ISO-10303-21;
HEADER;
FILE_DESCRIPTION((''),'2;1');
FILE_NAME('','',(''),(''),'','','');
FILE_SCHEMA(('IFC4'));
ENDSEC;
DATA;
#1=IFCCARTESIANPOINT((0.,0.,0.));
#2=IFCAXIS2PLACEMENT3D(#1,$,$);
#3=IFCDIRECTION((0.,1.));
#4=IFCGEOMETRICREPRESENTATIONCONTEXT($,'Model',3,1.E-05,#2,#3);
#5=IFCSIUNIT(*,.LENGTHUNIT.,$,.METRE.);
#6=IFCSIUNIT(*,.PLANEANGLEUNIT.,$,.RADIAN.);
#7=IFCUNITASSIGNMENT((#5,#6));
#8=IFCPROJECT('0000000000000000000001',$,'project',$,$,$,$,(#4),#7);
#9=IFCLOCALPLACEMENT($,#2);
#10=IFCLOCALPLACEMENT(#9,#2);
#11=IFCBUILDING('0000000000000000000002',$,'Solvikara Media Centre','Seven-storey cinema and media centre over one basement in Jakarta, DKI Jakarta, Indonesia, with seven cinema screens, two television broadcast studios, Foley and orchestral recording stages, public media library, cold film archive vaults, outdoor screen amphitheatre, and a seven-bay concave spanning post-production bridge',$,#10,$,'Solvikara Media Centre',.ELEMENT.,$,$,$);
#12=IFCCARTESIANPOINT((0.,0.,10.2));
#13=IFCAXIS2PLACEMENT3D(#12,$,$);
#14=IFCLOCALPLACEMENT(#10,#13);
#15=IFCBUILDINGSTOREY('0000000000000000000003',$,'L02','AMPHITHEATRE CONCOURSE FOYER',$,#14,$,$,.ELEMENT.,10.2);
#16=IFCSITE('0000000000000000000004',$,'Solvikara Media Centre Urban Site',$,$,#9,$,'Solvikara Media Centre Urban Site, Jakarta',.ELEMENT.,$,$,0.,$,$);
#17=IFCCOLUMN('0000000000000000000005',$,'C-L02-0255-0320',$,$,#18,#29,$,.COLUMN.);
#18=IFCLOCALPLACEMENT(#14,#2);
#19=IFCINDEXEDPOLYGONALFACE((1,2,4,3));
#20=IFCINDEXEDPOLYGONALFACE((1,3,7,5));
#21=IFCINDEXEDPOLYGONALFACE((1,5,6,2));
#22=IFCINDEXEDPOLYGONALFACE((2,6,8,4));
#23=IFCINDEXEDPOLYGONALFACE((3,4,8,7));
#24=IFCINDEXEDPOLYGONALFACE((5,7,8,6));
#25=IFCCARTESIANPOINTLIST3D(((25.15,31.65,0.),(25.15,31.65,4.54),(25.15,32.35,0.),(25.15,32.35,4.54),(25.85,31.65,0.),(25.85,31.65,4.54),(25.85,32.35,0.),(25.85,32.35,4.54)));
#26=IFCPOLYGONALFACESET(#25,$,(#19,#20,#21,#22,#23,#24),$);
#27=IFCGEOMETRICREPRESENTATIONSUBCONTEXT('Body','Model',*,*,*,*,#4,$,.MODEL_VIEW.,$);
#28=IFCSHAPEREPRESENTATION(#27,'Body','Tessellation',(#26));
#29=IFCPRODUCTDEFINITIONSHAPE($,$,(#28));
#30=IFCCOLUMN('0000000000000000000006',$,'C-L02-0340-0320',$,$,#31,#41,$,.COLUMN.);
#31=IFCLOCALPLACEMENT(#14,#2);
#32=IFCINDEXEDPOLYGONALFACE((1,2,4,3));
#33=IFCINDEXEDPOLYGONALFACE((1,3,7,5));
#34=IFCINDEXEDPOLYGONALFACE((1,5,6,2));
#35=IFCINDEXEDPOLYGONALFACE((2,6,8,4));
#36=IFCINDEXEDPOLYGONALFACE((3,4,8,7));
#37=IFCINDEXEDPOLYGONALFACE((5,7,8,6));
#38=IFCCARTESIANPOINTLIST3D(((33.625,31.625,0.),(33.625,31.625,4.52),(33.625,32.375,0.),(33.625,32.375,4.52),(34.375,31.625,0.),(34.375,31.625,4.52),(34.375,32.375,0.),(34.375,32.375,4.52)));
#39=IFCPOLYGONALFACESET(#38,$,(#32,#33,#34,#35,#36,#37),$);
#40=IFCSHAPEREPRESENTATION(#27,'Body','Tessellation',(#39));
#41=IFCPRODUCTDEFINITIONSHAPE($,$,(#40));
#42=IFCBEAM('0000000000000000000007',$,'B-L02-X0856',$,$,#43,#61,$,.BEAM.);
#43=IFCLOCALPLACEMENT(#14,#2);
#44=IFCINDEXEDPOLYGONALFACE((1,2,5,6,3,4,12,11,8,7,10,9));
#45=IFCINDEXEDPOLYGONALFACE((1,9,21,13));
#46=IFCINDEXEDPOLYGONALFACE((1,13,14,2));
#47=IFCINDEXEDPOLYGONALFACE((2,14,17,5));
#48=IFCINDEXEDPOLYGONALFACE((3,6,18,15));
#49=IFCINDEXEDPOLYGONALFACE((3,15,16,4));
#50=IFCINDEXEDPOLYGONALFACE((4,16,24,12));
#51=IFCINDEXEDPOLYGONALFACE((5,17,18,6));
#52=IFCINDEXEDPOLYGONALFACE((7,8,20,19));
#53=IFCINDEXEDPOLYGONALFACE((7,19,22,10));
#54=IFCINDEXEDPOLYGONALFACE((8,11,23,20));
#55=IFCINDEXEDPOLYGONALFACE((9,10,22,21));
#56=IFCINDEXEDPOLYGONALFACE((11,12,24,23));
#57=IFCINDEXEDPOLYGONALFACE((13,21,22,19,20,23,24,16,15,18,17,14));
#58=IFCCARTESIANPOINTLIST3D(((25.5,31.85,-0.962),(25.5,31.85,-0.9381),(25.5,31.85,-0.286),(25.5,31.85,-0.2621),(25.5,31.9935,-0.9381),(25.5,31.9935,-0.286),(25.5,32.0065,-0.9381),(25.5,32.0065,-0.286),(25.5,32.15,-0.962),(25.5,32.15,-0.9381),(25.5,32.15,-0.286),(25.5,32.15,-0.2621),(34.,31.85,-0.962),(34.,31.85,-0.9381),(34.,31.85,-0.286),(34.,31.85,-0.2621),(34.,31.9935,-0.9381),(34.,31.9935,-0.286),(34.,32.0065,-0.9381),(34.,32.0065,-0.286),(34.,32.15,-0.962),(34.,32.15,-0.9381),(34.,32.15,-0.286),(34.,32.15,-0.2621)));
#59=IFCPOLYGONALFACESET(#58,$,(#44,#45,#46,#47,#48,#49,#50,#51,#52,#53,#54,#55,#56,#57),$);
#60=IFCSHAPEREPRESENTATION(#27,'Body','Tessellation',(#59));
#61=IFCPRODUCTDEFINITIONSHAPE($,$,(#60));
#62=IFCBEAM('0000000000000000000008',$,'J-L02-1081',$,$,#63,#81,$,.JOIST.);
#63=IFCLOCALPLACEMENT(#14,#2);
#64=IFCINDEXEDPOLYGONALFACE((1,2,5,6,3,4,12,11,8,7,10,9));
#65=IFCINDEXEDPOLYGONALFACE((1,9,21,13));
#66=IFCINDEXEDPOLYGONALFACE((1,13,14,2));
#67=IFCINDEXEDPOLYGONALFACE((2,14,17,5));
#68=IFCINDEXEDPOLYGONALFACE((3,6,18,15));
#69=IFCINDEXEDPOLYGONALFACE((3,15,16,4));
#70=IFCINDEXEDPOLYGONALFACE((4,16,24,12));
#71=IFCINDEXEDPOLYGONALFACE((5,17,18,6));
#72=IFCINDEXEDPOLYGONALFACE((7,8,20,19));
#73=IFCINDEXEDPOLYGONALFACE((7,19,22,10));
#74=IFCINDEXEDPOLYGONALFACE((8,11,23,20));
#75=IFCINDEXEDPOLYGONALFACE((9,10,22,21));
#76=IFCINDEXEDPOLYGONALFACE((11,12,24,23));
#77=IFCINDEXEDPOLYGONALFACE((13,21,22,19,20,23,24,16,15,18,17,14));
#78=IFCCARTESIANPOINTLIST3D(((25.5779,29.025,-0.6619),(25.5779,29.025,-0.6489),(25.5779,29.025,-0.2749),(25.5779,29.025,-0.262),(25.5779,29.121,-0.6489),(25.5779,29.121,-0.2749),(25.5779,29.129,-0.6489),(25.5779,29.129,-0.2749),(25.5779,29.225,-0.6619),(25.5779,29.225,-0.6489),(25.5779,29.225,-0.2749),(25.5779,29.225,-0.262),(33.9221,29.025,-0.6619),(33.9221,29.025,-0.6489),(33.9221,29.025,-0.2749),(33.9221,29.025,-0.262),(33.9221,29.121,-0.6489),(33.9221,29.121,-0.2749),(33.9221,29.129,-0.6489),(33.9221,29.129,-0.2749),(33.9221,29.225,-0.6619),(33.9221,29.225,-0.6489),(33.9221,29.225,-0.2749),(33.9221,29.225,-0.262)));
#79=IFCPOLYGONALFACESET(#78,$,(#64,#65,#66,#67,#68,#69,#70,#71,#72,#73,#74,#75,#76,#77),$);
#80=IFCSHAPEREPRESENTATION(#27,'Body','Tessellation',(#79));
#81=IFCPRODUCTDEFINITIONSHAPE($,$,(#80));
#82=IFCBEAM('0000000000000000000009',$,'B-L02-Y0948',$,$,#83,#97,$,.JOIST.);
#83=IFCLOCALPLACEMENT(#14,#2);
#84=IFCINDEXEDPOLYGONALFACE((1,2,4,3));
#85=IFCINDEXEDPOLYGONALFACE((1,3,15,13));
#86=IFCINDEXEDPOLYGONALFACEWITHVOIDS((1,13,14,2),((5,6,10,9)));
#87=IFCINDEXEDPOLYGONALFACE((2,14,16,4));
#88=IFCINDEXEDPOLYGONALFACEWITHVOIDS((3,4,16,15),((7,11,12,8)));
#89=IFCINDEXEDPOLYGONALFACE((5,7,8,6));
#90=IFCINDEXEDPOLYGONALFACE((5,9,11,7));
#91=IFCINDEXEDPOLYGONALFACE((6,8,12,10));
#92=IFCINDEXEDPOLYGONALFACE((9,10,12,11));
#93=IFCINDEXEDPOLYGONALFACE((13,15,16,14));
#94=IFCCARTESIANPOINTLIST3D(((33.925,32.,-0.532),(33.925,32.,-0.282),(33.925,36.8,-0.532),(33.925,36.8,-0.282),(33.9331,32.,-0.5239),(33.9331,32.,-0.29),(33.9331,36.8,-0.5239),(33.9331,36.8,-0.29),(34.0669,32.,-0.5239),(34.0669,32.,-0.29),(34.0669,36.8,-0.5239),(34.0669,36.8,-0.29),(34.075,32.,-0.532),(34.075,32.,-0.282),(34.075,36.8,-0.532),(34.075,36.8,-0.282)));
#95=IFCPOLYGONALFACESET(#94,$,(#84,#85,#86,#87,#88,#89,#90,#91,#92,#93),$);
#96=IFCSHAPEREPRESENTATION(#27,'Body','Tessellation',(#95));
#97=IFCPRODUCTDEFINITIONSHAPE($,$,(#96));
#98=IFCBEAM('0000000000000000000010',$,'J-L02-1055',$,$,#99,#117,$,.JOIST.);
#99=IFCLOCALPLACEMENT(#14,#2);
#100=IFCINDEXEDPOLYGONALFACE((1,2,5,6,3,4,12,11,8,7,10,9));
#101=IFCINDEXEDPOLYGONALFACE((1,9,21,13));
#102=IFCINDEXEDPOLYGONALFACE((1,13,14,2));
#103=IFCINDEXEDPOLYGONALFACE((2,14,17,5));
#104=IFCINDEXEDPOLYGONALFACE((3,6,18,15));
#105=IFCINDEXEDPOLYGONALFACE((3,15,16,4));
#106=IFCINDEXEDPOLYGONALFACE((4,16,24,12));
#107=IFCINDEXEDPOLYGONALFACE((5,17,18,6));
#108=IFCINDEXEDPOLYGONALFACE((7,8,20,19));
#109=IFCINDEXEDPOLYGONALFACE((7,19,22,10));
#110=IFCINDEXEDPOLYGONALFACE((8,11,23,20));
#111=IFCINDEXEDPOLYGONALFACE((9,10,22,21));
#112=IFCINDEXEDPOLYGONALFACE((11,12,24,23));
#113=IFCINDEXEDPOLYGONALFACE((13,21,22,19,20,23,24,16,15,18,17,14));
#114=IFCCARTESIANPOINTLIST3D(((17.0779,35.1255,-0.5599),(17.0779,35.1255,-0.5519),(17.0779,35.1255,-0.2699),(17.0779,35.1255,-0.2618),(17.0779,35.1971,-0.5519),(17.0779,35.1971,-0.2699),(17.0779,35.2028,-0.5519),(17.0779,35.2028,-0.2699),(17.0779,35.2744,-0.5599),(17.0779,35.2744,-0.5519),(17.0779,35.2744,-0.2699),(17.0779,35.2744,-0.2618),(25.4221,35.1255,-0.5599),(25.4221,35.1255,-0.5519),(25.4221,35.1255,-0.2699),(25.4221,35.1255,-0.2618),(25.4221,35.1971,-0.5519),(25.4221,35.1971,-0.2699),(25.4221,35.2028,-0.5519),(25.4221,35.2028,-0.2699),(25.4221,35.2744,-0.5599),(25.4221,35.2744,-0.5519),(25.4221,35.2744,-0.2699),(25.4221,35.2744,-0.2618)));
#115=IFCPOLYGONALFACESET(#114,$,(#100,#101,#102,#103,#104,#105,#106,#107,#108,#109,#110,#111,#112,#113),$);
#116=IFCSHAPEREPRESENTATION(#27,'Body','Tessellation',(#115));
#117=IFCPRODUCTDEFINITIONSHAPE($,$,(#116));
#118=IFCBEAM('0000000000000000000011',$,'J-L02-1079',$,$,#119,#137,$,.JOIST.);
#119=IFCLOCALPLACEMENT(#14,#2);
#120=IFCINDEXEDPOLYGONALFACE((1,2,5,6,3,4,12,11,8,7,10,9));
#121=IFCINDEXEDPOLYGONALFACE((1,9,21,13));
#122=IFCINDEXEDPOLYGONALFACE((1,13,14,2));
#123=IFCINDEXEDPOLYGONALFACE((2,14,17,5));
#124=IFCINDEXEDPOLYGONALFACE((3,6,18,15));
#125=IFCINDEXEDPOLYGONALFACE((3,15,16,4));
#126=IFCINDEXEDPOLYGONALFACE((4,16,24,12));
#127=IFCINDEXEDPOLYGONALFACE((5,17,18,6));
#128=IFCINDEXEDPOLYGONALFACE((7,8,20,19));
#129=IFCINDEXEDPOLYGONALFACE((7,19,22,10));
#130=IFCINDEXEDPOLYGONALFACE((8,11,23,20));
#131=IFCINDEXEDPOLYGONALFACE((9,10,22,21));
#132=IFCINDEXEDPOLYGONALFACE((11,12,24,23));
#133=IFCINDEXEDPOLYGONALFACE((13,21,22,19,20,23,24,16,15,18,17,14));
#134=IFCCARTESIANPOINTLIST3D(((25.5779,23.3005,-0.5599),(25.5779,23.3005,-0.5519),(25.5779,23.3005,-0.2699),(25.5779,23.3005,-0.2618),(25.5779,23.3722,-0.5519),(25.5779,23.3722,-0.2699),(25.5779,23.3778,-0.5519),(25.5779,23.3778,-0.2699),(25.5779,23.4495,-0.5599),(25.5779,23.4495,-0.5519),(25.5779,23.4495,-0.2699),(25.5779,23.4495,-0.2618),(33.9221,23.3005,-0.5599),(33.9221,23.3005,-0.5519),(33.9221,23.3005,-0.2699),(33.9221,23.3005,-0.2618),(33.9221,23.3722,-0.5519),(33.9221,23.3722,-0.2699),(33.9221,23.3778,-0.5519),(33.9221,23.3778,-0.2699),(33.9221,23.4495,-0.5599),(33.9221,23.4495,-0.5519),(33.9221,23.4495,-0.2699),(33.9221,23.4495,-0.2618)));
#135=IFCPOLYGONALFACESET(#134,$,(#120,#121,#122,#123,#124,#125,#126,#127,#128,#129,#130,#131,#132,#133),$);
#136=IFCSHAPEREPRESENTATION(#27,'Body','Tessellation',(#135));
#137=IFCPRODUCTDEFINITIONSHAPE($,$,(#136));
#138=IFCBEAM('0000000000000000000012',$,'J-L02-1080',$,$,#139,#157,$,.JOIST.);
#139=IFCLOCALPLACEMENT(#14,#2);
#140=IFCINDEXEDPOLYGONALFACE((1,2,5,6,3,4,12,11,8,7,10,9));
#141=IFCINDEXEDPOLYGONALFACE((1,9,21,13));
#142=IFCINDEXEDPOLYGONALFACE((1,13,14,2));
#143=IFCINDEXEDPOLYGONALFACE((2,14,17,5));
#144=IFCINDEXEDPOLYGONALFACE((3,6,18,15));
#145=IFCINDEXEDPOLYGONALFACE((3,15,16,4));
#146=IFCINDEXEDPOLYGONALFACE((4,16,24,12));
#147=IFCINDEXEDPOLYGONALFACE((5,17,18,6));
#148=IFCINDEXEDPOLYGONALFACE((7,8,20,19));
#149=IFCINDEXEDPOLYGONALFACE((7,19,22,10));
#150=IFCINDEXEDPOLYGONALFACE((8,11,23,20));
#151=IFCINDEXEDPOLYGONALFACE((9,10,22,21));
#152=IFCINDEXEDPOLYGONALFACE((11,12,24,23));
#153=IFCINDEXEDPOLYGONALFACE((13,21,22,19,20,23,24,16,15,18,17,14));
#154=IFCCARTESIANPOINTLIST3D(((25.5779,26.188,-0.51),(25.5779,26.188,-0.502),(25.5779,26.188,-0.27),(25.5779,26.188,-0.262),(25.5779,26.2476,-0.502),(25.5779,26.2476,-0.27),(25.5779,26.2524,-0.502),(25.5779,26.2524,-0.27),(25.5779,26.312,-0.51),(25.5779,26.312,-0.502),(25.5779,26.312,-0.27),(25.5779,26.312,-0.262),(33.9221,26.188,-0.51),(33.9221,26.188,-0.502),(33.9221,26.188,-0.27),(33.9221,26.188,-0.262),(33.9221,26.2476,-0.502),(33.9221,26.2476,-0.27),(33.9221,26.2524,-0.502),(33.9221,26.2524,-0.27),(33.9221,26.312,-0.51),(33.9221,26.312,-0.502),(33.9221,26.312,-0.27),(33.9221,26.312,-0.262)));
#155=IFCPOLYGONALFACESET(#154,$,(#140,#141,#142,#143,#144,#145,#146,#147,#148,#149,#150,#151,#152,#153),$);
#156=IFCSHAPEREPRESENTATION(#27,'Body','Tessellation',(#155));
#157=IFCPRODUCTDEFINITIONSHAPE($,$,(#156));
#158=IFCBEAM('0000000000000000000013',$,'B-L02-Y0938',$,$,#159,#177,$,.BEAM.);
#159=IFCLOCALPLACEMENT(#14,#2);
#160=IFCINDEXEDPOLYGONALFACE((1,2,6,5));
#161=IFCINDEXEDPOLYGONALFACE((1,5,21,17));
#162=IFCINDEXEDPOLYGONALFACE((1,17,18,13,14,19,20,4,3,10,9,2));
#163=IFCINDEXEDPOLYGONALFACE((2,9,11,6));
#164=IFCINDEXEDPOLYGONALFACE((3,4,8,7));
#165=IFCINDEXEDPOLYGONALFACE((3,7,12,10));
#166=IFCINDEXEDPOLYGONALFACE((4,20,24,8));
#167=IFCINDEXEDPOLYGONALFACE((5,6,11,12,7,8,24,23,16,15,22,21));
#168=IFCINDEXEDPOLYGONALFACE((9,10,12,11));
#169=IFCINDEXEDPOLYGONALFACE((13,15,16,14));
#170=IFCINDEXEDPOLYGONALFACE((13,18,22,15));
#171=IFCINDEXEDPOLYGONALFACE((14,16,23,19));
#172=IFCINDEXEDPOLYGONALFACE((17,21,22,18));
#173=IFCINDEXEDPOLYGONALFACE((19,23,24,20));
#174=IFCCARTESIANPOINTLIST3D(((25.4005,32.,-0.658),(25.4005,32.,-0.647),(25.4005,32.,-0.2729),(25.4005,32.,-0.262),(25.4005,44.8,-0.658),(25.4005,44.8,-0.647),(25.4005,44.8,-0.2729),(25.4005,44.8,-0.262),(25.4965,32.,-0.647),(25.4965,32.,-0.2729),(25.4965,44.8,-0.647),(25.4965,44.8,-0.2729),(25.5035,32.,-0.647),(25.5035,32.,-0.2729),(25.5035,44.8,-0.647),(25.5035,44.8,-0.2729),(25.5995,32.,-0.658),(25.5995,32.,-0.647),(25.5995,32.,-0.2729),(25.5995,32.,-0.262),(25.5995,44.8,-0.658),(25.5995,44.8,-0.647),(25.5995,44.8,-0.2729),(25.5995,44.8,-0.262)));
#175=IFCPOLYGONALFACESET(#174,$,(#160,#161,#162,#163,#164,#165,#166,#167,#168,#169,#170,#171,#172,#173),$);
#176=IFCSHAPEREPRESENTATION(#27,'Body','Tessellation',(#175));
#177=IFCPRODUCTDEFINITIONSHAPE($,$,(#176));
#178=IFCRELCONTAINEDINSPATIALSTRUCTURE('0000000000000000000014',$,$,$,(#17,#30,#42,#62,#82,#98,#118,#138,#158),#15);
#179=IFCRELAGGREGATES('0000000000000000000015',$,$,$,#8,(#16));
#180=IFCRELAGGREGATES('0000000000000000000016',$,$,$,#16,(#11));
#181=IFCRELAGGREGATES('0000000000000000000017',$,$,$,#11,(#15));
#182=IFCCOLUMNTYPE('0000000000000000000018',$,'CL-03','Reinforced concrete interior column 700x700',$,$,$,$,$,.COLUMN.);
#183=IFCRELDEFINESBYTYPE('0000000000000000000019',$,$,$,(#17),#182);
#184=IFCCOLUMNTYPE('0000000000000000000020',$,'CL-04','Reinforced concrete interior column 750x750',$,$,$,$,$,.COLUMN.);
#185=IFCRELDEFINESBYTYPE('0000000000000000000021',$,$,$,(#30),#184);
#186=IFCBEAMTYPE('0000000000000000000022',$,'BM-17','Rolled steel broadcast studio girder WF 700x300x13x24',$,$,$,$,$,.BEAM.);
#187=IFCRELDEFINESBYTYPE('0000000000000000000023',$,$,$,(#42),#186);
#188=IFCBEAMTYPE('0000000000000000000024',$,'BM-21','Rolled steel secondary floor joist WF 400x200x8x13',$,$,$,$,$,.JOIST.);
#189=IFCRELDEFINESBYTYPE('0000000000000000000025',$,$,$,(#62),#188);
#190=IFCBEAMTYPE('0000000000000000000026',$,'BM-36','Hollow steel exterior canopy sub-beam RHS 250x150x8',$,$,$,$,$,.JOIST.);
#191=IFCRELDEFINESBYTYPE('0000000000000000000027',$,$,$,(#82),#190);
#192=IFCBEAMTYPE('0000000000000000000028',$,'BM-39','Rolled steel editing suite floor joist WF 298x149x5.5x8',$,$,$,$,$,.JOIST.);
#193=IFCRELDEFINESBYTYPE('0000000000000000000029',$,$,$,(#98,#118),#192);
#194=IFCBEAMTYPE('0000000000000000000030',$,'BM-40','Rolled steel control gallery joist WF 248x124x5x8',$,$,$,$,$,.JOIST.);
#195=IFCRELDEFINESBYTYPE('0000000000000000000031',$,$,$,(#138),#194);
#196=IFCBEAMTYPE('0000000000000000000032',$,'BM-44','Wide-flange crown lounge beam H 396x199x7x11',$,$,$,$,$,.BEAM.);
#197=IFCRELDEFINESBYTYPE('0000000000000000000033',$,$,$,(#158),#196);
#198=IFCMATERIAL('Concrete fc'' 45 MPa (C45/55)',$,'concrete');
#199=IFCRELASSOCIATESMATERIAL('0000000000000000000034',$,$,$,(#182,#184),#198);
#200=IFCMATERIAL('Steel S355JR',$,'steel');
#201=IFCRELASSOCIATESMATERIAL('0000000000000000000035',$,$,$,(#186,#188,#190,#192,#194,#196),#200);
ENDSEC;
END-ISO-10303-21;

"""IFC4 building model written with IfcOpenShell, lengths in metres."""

from ifc_helpers import new_model, si_unit, direction, frame, origin, origin_2d, place, context, subcontext, project, spatial, rectangle, hollow_rectangle, i_section, extrude, material, material_profile, profile_set, type_object, element, save


model = new_model("IFC4")

# Units and contexts
model_context = context("Model", 3, precision=1e-05, world=origin(), true_north=direction((0.0, 1.0)))
body_context = subcontext(model_context, "Body", "Model", "MODEL_VIEW")
ifc_project = project(units=[si_unit("LENGTHUNIT", "METRE"), si_unit("PLANEANGLEUNIT", "RADIAN")], contexts=[model_context])

# Site, building, storey
site_placement = place(None, origin())
site = spatial("IfcSite", under=ifc_project, at=site_placement, Name="Solvikara Media Centre Urban Site", LongName="Solvikara Media Centre Urban Site, Jakarta", CompositionType="ELEMENT", RefElevation=0.0)
building_placement = place(site_placement, origin())
building = spatial("IfcBuilding", under=site, at=building_placement, Name="Solvikara Media Centre", Description="Seven-storey cinema and media centre over one basement in Jakarta, DKI Jakarta, Indonesia, with seven cinema screens, two television broadcast studios, Foley and orchestral recording stages, public media library, cold film archive vaults, outdoor screen amphitheatre, and a seven-bay concave spanning post-production bridge", LongName="Solvikara Media Centre", CompositionType="ELEMENT")
storey_placement = place(building_placement, frame((0.0, 0.0, 10.2)))
storey = spatial("IfcBuildingStorey", under=building, at=storey_placement, Name="L02", Description="AMPHITHEATRE CONCOURSE FOYER", CompositionType="ELEMENT", Elevation=10.2)

# Columns
ifc_material_1 = material(Name="Concrete fc' 45 MPa (C45/55)", Category="concrete")
ifc_material_profile_1 = material_profile(ifc_material_1, rectangle(XDim=0.7, YDim=0.7, at=origin_2d()), Name="RC 700x700")
ifc_profile_set_1 = profile_set([ifc_material_profile_1], Name="Concrete fc' 45 MPa (C45/55)")
column_type_1 = type_object("IfcColumnType", Name="CL-03", Description="Reinforced concrete interior column 700x700", PredefinedType="COLUMN", material=ifc_profile_set_1)
column_1_placement = place(storey_placement, frame((25.5, 32.0, 0.0), z_axis=(0.0, 0.0, 1.0), x_axis=(1.0, 0.0, 0.0)))
element("IfcColumn", 1, at=column_1_placement, inside=storey, type_object=column_type_1, Name="C-L02-0255-0320", PredefinedType="COLUMN", context=body_context, shape_type="SweptSolid", body=[
    extrude(rectangle(XDim=0.7, YDim=0.7, at=origin_2d()), origin(), (0.0, 0.0, 1.0), 4.54),
])
ifc_material_profile_2 = material_profile(ifc_material_1, rectangle(XDim=0.75, YDim=0.75, at=origin_2d()), Name="RC 750x750")
ifc_profile_set_2 = profile_set([ifc_material_profile_2], Name="Concrete fc' 45 MPa (C45/55)")
column_type_2 = type_object("IfcColumnType", Name="CL-04", Description="Reinforced concrete interior column 750x750", PredefinedType="COLUMN", material=ifc_profile_set_2)
column_2_placement = place(storey_placement, frame((34.0, 32.0, 0.0), z_axis=(0.0, 0.0, 1.0), x_axis=(1.0, 0.0, 0.0)))
element("IfcColumn", 2, at=column_2_placement, inside=storey, type_object=column_type_2, Name="C-L02-0340-0320", PredefinedType="COLUMN", context=body_context, shape_type="SweptSolid", body=[
    extrude(rectangle(XDim=0.75, YDim=0.75, at=origin_2d()), origin(), (0.0, 0.0, 1.0), 4.52),
])

# Beams
ifc_material_2 = material(Name="Steel S355JR", Category="steel")
ifc_material_profile_3 = material_profile(ifc_material_2, i_section(OverallWidth=0.3, OverallDepth=0.7, WebThickness=0.0129, FlangeThickness=0.0239, at=origin_2d()), Name="WF 700x300x13x24")
ifc_profile_set_3 = profile_set([ifc_material_profile_3], Name="Steel S355JR")
beam_type_1 = type_object("IfcBeamType", Name="BM-17", Description="Rolled steel broadcast studio girder WF 700x300x13x24", PredefinedType="BEAM", material=ifc_profile_set_3)
beam_1_placement = place(storey_placement, frame((25.5, 32.0, -0.6121), z_axis=(1.0, 0.0, 0.0), x_axis=(0.0, 1.0, 0.0)))
element("IfcBeam", 3, at=beam_1_placement, inside=storey, type_object=beam_type_1, Name="B-L02-X0856", PredefinedType="BEAM", context=body_context, shape_type="SweptSolid", body=[
    extrude(i_section(OverallWidth=0.3, OverallDepth=0.7, WebThickness=0.0129, FlangeThickness=0.0239, at=origin_2d()), origin(), (0.0, 0.0, 1.0), 8.5),
])
ifc_material_profile_4 = material_profile(ifc_material_2, i_section(OverallWidth=0.2, OverallDepth=0.3999, WebThickness=0.0081, FlangeThickness=0.0129, at=origin_2d()), Name="WF 400x200x8x13")
ifc_profile_set_4 = profile_set([ifc_material_profile_4], Name="Steel S355JR")
beam_type_2 = type_object("IfcBeamType", Name="BM-21", Description="Rolled steel secondary floor joist WF 400x200x8x13", PredefinedType="JOIST", material=ifc_profile_set_4)
beam_2_placement = place(storey_placement, frame((25.5779, 29.125, -0.4619), z_axis=(1.0, 0.0, 0.0), x_axis=(0.0, 1.0, 0.0)))
element("IfcBeam", 4, at=beam_2_placement, inside=storey, type_object=beam_type_2, Name="J-L02-1081", PredefinedType="JOIST", context=body_context, shape_type="SweptSolid", body=[
    extrude(i_section(OverallWidth=0.2, OverallDepth=0.3999, WebThickness=0.0081, FlangeThickness=0.0129, at=origin_2d()), origin(), (0.0, 0.0, 1.0), 8.3442),
])
ifc_material_profile_5 = material_profile(ifc_material_2, hollow_rectangle(XDim=0.1499, YDim=0.25, WallThickness=0.0081, at=origin_2d()), Name="RHS 250x150x8")
ifc_profile_set_5 = profile_set([ifc_material_profile_5], Name="Steel S355JR")
beam_type_3 = type_object("IfcBeamType", Name="BM-36", Description="Hollow steel exterior canopy sub-beam RHS 250x150x8", PredefinedType="JOIST", material=ifc_profile_set_5)
beam_3_placement = place(storey_placement, frame((34.0, 32.0, -0.407), z_axis=(0.0, 1.0, 0.0), x_axis=(-1.0, 0.0, 0.0)))
element("IfcBeam", 5, at=beam_3_placement, inside=storey, type_object=beam_type_3, Name="B-L02-Y0948", PredefinedType="JOIST", context=body_context, shape_type="SweptSolid", body=[
    extrude(hollow_rectangle(XDim=0.1499, YDim=0.25, WallThickness=0.0081, at=origin_2d()), origin(), (0.0, 0.0, 1.0), 4.8),
])
ifc_material_profile_6 = material_profile(ifc_material_2, i_section(OverallWidth=0.1489, OverallDepth=0.2981, WebThickness=0.0056, FlangeThickness=0.0081, at=origin_2d()), Name="WF 298x149x5.5x8")
ifc_profile_set_6 = profile_set([ifc_material_profile_6], Name="Steel S355JR")
beam_type_4 = type_object("IfcBeamType", Name="BM-39", Description="Rolled steel editing suite floor joist WF 298x149x5.5x8", PredefinedType="JOIST", material=ifc_profile_set_6)
for number, where, z_axis, x_axis, name in (
    (6, (17.0779, 35.2, -0.4109), (1.0, 0.0, 0.0), (0.0, 1.0, 0.0), "J-L02-1055"),
    (7, (25.5779, 23.375, -0.4109), (1.0, 0.0, 0.0), (0.0, 1.0, 0.0), "J-L02-1079"),
):
    element("IfcBeam", number, at=place(storey_placement, frame(where, z_axis=z_axis, x_axis=x_axis)), inside=storey, type_object=beam_type_4, Name=name, PredefinedType="JOIST", context=body_context, shape_type="SweptSolid", body=[
        extrude(i_section(OverallWidth=0.1489, OverallDepth=0.2981, WebThickness=0.0056, FlangeThickness=0.0081, at=origin_2d()), origin(), (0.0, 0.0, 1.0), 8.3442),
    ])
ifc_material_profile_7 = material_profile(ifc_material_2, i_section(OverallWidth=0.124, OverallDepth=0.248, WebThickness=0.0049, FlangeThickness=0.0081, at=origin_2d()), Name="WF 248x124x5x8")
ifc_profile_set_7 = profile_set([ifc_material_profile_7], Name="Steel S355JR")
beam_type_5 = type_object("IfcBeamType", Name="BM-40", Description="Rolled steel control gallery joist WF 248x124x5x8", PredefinedType="JOIST", material=ifc_profile_set_7)
beam_4_placement = place(storey_placement, frame((25.5779, 26.25, -0.386), z_axis=(1.0, 0.0, 0.0), x_axis=(0.0, 1.0, 0.0)))
element("IfcBeam", 8, at=beam_4_placement, inside=storey, type_object=beam_type_5, Name="J-L02-1080", PredefinedType="JOIST", context=body_context, shape_type="SweptSolid", body=[
    extrude(i_section(OverallWidth=0.124, OverallDepth=0.248, WebThickness=0.0049, FlangeThickness=0.0081, at=origin_2d()), origin(), (0.0, 0.0, 1.0), 8.3442),
])
ifc_material_profile_8 = material_profile(ifc_material_2, i_section(OverallWidth=0.199, OverallDepth=0.396, WebThickness=0.0071, FlangeThickness=0.011, at=origin_2d()), Name="H 396x199x7x11")
ifc_profile_set_8 = profile_set([ifc_material_profile_8], Name="Steel S355JR")
beam_type_6 = type_object("IfcBeamType", Name="BM-44", Description="Wide-flange crown lounge beam H 396x199x7x11", PredefinedType="BEAM", material=ifc_profile_set_8)
beam_5_placement = place(storey_placement, frame((25.5, 32.0, -0.46), z_axis=(0.0, 1.0, 0.0), x_axis=(-1.0, 0.0, 0.0)))
element("IfcBeam", 9, at=beam_5_placement, inside=storey, type_object=beam_type_6, Name="B-L02-Y0938", PredefinedType="BEAM", context=body_context, shape_type="SweptSolid", body=[
    extrude(i_section(OverallWidth=0.199, OverallDepth=0.396, WebThickness=0.0071, FlangeThickness=0.011, at=origin_2d()), origin(), (0.0, 0.0, 1.0), 12.8),
])

save(model, "model.ifc")
